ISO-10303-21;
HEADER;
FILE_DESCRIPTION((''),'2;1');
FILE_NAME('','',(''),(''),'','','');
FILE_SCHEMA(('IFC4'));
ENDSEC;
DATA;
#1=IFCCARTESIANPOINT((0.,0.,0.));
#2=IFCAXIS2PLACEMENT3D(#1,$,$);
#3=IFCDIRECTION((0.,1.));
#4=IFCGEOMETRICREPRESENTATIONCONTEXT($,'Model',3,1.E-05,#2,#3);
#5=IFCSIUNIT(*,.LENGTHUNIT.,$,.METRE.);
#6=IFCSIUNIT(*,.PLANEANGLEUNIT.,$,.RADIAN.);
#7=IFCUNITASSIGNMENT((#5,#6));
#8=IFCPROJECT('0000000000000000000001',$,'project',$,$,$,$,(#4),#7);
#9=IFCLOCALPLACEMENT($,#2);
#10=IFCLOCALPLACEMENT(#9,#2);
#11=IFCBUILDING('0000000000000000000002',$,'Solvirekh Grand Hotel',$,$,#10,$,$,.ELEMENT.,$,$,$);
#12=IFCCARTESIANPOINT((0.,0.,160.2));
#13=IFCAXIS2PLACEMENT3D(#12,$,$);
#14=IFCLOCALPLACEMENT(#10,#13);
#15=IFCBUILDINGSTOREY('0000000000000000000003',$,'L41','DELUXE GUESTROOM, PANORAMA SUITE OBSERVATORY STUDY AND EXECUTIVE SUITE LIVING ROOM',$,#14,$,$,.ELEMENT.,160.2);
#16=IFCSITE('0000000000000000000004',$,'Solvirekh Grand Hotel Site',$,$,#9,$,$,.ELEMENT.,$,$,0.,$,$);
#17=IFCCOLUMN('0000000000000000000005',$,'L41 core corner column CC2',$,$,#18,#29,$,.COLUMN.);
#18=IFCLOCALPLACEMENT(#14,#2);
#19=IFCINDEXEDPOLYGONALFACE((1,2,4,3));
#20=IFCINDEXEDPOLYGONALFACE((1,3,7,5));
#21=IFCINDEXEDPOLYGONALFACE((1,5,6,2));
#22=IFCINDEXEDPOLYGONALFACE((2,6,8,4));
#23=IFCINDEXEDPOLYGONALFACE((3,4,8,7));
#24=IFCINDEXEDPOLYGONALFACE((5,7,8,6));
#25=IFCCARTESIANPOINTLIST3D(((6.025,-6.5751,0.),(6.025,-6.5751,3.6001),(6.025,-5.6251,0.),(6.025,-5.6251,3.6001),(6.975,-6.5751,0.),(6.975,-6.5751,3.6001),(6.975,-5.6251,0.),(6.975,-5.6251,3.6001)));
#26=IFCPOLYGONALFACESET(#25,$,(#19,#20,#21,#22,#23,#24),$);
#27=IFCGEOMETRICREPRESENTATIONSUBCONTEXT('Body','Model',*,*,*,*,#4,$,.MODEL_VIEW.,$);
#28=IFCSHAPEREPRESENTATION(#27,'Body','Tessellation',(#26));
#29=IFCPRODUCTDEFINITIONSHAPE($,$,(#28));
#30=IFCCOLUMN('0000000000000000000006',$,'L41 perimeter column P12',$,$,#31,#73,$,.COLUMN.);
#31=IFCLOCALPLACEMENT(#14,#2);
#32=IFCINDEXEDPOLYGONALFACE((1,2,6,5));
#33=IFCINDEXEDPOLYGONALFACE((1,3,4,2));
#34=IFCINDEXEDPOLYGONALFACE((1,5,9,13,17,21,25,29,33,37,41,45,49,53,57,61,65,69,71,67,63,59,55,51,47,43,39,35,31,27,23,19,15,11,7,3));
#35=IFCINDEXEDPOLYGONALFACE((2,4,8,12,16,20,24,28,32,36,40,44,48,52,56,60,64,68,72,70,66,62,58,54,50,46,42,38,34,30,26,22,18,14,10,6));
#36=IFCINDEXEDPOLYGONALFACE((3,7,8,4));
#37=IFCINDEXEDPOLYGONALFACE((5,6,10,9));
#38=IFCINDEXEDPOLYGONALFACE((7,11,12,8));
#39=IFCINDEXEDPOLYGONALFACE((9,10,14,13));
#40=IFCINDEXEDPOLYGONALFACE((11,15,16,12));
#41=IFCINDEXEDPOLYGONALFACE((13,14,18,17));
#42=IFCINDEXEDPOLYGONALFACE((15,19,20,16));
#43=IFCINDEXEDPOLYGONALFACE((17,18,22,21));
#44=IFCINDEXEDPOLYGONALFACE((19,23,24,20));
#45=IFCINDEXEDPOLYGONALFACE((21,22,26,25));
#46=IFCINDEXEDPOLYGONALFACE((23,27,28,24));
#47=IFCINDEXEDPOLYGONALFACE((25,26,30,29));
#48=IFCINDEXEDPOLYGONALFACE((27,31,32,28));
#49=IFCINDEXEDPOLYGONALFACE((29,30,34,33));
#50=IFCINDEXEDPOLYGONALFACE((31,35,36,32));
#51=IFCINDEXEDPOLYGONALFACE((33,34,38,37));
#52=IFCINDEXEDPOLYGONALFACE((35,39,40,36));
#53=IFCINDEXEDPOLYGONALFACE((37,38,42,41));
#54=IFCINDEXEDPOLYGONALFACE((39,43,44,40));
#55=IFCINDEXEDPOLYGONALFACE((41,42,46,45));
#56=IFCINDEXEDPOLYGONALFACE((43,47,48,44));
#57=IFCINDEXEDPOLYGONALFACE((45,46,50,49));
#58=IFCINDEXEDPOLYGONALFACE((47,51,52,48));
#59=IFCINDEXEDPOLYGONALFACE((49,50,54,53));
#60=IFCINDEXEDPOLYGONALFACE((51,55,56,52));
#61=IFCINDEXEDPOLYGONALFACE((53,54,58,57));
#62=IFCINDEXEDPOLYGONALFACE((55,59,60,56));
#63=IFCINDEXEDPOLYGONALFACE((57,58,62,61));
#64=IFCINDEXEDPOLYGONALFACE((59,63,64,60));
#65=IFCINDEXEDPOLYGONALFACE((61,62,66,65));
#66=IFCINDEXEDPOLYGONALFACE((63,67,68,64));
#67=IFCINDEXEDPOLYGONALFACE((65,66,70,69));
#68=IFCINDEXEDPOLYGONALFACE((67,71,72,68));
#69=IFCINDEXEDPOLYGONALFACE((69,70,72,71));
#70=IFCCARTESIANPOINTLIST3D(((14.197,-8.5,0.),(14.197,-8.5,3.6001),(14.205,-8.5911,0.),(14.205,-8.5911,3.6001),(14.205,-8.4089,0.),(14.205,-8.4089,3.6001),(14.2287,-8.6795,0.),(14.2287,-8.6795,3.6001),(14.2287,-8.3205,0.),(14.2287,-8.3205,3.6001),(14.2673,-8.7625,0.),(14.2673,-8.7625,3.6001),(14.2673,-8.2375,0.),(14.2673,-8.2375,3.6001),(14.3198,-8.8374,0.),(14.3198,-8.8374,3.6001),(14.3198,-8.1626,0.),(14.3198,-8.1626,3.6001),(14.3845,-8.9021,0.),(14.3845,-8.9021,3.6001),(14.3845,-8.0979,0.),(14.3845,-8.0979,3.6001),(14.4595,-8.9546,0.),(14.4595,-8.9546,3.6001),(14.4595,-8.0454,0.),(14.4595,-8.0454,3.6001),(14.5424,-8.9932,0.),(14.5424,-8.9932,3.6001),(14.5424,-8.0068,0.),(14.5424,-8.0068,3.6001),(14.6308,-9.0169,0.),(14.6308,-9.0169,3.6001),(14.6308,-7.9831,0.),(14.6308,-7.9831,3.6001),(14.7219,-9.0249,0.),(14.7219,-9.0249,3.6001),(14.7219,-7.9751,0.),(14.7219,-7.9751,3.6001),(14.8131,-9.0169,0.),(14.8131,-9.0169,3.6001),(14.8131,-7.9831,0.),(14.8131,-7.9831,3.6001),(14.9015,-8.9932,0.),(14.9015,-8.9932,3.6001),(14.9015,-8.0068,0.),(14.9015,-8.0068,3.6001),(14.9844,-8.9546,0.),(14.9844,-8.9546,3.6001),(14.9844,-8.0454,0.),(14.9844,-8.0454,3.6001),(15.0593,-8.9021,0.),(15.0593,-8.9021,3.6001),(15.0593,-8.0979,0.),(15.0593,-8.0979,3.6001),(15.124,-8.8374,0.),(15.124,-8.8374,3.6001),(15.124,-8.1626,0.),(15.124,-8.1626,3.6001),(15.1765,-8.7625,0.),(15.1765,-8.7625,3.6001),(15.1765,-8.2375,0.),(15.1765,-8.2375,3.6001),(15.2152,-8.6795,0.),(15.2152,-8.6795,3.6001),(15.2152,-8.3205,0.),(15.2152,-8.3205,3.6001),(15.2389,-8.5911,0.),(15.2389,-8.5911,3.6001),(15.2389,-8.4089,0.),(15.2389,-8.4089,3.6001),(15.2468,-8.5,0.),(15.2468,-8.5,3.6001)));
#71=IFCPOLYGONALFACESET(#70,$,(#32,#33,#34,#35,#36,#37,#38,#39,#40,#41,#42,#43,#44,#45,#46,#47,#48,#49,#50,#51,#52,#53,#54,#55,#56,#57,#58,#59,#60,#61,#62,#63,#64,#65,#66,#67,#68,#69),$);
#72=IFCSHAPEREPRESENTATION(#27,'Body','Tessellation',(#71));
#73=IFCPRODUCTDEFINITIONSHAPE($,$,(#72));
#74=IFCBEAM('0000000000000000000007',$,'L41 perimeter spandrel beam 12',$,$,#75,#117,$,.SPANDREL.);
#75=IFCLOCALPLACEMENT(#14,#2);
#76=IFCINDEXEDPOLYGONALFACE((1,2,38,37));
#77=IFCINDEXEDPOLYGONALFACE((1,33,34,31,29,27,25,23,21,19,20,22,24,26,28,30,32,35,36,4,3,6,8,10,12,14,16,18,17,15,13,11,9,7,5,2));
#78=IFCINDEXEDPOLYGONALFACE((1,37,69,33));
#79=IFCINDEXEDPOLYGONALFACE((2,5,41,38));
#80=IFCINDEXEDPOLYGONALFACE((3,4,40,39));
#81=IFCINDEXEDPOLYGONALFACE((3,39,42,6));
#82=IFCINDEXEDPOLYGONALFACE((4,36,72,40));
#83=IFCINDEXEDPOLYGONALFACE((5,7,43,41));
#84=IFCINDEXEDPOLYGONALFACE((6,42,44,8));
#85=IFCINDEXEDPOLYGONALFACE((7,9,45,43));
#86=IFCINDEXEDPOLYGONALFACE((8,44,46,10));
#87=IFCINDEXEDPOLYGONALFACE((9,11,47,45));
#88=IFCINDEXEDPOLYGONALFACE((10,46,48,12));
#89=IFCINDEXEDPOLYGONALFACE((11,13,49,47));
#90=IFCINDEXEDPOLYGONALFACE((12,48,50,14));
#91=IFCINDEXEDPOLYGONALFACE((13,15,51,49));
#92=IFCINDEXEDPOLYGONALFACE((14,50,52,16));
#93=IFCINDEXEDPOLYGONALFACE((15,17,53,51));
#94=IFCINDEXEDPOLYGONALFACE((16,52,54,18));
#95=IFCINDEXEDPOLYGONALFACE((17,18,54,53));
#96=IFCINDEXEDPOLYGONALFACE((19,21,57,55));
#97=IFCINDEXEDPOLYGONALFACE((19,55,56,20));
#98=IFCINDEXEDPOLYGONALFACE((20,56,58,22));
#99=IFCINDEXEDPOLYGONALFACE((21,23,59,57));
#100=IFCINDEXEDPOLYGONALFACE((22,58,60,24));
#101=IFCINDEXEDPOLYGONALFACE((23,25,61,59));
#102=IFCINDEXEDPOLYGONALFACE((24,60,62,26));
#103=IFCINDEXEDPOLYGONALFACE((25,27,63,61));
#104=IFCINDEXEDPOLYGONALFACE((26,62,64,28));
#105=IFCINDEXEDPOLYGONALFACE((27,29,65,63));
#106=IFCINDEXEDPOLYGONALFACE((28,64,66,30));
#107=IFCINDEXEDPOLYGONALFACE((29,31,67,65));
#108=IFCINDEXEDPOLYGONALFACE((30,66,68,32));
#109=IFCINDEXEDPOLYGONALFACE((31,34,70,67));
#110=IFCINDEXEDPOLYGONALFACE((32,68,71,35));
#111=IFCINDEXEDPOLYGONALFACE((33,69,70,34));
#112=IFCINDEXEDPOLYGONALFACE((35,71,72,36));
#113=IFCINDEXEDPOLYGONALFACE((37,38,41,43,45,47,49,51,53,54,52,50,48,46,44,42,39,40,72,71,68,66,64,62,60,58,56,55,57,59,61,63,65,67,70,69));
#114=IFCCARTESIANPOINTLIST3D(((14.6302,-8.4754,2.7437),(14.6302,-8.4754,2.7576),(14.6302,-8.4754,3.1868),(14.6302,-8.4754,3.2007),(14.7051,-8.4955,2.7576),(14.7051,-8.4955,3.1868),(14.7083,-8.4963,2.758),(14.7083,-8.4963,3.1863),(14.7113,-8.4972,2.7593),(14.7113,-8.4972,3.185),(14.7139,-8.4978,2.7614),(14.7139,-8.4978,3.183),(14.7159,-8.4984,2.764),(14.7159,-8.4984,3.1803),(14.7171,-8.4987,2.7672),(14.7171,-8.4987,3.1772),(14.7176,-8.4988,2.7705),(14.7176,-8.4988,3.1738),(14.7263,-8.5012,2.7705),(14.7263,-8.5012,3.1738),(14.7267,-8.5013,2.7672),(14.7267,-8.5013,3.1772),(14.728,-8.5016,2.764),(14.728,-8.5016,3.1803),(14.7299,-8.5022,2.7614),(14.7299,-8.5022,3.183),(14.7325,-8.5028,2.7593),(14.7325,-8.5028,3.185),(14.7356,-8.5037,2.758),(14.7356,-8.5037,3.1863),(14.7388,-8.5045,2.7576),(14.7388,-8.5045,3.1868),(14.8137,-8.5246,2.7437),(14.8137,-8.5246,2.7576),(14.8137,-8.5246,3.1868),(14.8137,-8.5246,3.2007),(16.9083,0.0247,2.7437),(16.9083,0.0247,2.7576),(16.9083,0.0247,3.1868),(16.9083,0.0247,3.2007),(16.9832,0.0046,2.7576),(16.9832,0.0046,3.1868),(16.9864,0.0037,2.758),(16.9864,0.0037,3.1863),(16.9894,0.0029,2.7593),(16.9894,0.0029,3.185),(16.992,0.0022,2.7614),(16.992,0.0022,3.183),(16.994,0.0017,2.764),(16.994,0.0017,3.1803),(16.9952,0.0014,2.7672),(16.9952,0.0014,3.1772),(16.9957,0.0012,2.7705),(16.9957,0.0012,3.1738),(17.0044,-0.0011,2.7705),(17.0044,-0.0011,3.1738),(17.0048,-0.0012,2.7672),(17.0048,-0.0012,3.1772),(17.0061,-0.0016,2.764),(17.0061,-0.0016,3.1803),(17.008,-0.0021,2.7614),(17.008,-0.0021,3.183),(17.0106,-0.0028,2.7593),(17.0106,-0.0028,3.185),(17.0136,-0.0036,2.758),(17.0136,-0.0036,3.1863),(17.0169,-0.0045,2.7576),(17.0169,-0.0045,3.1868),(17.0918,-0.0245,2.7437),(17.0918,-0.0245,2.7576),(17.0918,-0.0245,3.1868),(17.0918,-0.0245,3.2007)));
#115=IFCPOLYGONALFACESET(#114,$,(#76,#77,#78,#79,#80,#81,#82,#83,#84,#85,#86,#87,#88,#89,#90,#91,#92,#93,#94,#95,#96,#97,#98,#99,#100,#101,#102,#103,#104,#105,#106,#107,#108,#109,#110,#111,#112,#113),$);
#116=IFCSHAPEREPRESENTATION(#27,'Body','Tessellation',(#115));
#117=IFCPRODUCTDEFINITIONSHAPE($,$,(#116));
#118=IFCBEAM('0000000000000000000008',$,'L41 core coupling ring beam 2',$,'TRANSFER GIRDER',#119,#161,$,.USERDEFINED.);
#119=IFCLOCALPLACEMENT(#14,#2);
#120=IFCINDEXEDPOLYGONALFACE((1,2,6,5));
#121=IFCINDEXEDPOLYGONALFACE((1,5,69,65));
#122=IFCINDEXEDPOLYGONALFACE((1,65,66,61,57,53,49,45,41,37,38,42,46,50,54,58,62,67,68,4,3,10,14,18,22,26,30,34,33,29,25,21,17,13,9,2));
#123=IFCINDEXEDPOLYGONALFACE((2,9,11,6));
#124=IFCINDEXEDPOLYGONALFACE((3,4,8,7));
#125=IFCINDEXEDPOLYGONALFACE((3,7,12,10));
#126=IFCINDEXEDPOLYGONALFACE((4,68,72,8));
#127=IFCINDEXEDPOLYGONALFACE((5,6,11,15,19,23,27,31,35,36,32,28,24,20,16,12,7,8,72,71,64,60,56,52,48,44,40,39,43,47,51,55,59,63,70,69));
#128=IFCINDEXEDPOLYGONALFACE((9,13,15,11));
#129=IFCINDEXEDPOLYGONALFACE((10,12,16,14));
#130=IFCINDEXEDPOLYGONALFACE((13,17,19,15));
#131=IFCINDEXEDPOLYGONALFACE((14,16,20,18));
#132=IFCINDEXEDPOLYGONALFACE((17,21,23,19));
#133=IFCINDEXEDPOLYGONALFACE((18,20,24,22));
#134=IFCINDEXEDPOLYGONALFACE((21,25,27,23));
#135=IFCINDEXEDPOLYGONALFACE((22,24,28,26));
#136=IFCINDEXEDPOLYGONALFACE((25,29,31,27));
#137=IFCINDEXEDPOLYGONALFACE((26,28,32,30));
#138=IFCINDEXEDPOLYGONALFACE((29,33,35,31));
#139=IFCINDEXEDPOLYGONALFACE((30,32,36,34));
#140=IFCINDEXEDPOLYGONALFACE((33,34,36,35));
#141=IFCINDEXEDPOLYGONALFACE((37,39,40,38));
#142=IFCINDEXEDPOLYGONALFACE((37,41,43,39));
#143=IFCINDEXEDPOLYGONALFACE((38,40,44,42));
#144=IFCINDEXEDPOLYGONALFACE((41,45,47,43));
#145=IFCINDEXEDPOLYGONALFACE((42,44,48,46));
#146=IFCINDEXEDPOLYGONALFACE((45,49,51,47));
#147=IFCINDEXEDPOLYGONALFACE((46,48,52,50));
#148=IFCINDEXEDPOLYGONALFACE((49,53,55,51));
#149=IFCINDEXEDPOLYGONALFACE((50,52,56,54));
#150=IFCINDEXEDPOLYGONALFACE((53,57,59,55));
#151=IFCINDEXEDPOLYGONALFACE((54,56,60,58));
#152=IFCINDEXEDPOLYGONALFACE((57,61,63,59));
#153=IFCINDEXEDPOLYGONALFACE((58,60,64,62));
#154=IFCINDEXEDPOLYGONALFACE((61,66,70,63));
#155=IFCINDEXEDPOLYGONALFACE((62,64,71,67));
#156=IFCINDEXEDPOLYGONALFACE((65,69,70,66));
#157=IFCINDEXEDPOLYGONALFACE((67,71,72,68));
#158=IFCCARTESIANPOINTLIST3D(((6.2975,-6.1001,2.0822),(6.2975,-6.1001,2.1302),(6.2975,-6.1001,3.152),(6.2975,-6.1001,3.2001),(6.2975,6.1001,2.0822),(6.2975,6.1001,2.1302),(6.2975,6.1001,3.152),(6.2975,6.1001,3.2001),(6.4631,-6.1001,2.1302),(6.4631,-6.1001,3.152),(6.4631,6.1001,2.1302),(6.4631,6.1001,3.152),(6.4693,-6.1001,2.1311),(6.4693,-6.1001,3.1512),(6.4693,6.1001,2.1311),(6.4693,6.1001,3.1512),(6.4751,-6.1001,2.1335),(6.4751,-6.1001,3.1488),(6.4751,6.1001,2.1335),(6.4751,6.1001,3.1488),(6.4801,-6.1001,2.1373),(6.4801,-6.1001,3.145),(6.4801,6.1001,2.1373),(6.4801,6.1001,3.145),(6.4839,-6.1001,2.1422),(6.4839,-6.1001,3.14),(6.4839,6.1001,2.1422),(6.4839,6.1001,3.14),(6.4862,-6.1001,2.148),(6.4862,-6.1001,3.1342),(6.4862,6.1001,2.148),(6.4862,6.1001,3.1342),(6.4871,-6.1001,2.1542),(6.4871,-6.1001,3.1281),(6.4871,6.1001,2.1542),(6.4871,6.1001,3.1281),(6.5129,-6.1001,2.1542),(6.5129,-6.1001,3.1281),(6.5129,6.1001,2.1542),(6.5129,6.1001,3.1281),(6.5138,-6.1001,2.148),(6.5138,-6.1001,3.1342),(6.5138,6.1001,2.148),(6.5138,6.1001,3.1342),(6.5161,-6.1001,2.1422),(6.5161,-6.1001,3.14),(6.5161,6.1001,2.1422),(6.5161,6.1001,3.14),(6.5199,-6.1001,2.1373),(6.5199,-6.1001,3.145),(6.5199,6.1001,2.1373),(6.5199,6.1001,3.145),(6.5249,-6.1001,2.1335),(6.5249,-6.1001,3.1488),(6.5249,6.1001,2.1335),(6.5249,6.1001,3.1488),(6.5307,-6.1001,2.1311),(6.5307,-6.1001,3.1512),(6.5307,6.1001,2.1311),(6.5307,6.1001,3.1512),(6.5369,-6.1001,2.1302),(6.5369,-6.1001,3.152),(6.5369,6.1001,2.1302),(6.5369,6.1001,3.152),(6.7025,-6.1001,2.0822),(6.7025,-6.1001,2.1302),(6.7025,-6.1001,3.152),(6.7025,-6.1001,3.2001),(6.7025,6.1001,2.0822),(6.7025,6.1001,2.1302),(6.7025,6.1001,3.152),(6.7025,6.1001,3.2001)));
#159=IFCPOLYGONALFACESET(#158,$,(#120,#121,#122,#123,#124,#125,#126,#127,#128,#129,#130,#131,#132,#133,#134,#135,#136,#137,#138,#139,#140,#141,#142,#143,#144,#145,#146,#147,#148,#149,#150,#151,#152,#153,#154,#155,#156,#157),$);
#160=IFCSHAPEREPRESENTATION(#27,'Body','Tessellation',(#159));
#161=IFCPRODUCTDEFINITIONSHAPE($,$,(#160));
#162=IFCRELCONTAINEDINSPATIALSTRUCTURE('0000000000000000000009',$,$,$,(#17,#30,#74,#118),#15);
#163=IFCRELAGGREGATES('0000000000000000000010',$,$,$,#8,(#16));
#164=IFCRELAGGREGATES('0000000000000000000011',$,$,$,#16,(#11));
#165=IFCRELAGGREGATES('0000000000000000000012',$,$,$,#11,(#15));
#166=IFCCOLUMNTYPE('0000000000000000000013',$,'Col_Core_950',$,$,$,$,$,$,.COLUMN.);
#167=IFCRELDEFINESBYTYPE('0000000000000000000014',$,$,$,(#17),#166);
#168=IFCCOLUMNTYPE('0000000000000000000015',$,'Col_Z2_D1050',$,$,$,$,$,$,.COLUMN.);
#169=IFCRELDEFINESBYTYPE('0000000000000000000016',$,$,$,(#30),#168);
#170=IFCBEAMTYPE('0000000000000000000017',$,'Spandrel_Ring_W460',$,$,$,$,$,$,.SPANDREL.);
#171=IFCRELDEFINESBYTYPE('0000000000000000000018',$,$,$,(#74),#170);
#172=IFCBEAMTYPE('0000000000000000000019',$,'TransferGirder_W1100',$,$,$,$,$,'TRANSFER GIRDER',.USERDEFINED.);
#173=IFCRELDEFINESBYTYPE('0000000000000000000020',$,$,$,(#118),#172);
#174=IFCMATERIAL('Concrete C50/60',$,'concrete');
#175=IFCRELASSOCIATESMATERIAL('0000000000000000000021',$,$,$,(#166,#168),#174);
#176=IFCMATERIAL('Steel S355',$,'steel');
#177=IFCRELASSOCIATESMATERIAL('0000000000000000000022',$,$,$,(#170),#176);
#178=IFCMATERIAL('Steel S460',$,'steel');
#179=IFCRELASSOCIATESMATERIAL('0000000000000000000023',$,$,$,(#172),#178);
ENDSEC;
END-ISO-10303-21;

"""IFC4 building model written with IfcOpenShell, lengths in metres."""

from ifc_helpers import new_model, si_unit, direction, frame, origin, origin_2d, place, context, subcontext, project, spatial, rectangle, circle, i_section, extrude, material, material_profile, profile_set, type_object, element, save


model = new_model("IFC4")

# Units and contexts
model_context = context("Model", 3, precision=1e-05, world=origin(), true_north=direction((0.0, 1.0)))
body_context = subcontext(model_context, "Body", "Model", "MODEL_VIEW")
ifc_project = project(units=[si_unit("LENGTHUNIT", "METRE"), si_unit("PLANEANGLEUNIT", "RADIAN")], contexts=[model_context])

# Site, building, storey
site_placement = place(None, origin())
site = spatial("IfcSite", under=ifc_project, at=site_placement, Name="Solvirekh Grand Hotel Site", CompositionType="ELEMENT", RefElevation=0.0)
building_placement = place(site_placement, origin())
building = spatial("IfcBuilding", under=site, at=building_placement, Name="Solvirekh Grand Hotel", CompositionType="ELEMENT")
storey_placement = place(building_placement, frame((0.0, 0.0, 160.2)))
storey = spatial("IfcBuildingStorey", under=building, at=storey_placement, Name="L41", Description="DELUXE GUESTROOM, PANORAMA SUITE OBSERVATORY STUDY AND EXECUTIVE SUITE LIVING ROOM", CompositionType="ELEMENT", Elevation=160.2)

# Columns
ifc_material_1 = material(Name="Concrete C50/60", Category="concrete")
ifc_material_profile_1 = material_profile(ifc_material_1, rectangle(XDim=0.95, YDim=0.95, at=origin_2d()), Name="RC 950X950")
ifc_profile_set_1 = profile_set([ifc_material_profile_1], Name="Concrete C50/60")
column_type_1 = type_object("IfcColumnType", Name="Col_Core_950", PredefinedType="COLUMN", material=ifc_profile_set_1)
column_1_placement = place(storey_placement, frame((6.5, -6.1001, 0.0), z_axis=(0.0, 0.0, 1.0), x_axis=(1.0, 0.0, 0.0)))
element("IfcColumn", 1, at=column_1_placement, inside=storey, type_object=column_type_1, Name="L41 core corner column CC2", PredefinedType="COLUMN", context=body_context, shape_type="SweptSolid", body=[
    extrude(rectangle(XDim=0.95, YDim=0.95, at=origin_2d()), origin(), (0.0, 0.0, 1.0), 3.6001),
])
ifc_material_profile_2 = material_profile(ifc_material_1, circle(Radius=0.5249, at=origin_2d()), Name="RC CIRC D1050")
ifc_profile_set_2 = profile_set([ifc_material_profile_2], Name="Concrete C50/60")
column_type_2 = type_object("IfcColumnType", Name="Col_Z2_D1050", PredefinedType="COLUMN", material=ifc_profile_set_2)
column_2_placement = place(storey_placement, frame((14.7219, -8.5, 0.0), z_axis=(0.0, 0.0, 1.0), x_axis=(1.0, 0.0, 0.0)))
element("IfcColumn", 2, at=column_2_placement, inside=storey, type_object=column_type_2, Name="L41 perimeter column P12", PredefinedType="COLUMN", context=body_context, shape_type="SweptSolid", body=[
    extrude(circle(Radius=0.5249, at=origin_2d()), origin(), (0.0, 0.0, 1.0), 3.6001),
])

# Beams
ifc_material_2 = material(Name="Steel S355", Category="steel")
ifc_material_profile_3 = material_profile(ifc_material_2, i_section(OverallWidth=0.1899, OverallDepth=0.457, WebThickness=0.009, FlangeThickness=0.0139, FilletRadius=0.0129, at=origin_2d()), Name="W460X74")
ifc_profile_set_3 = profile_set([ifc_material_profile_3], Name="Steel S355")
beam_type_1 = type_object("IfcBeamType", Name="Spandrel_Ring_W460", PredefinedType="SPANDREL", material=ifc_profile_set_3)
beam_1_placement = place(storey_placement, frame((14.7219, -8.5, 2.9722), z_axis=(0.258873, 0.965911, 0.0), x_axis=(-0.965911, 0.258873, 0.0)))
element("IfcBeam", 3, at=beam_1_placement, inside=storey, type_object=beam_type_1, Name="L41 perimeter spandrel beam 12", PredefinedType="SPANDREL", context=body_context, shape_type="SweptSolid", body=[
    extrude(i_section(OverallWidth=0.1899, OverallDepth=0.457, WebThickness=0.009, FlangeThickness=0.0139, FilletRadius=0.0129, at=origin_2d()), origin(), (0.0, 0.0, 1.0), 8.8),
])
ifc_material_3 = material(Name="Steel S460", Category="steel")
ifc_material_profile_4 = material_profile(ifc_material_3, i_section(OverallWidth=0.405, OverallDepth=1.1179, WebThickness=0.0259, FlangeThickness=0.0481, FilletRadius=0.0239, at=origin_2d()), Name="W1100X499")
ifc_profile_set_4 = profile_set([ifc_material_profile_4], Name="Steel S460")
beam_type_2 = type_object("IfcBeamType", Name="TransferGirder_W1100", ElementType="TRANSFER GIRDER", PredefinedType="USERDEFINED", material=ifc_profile_set_4)
beam_2_placement = place(storey_placement, frame((6.5, -6.1001, 2.6411), z_axis=(0.0, 1.0, 0.0), x_axis=(-1.0, 0.0, 0.0)))
element("IfcBeam", 4, at=beam_2_placement, inside=storey, type_object=beam_type_2, Name="L41 core coupling ring beam 2", ObjectType="TRANSFER GIRDER", PredefinedType="USERDEFINED", context=body_context, shape_type="SweptSolid", body=[
    extrude(i_section(OverallWidth=0.405, OverallDepth=1.1179, WebThickness=0.0259, FlangeThickness=0.0481, FilletRadius=0.0239, at=origin_2d()), origin(), (0.0, 0.0, 1.0), 12.2002),
])

save(model, "model.ifc")
